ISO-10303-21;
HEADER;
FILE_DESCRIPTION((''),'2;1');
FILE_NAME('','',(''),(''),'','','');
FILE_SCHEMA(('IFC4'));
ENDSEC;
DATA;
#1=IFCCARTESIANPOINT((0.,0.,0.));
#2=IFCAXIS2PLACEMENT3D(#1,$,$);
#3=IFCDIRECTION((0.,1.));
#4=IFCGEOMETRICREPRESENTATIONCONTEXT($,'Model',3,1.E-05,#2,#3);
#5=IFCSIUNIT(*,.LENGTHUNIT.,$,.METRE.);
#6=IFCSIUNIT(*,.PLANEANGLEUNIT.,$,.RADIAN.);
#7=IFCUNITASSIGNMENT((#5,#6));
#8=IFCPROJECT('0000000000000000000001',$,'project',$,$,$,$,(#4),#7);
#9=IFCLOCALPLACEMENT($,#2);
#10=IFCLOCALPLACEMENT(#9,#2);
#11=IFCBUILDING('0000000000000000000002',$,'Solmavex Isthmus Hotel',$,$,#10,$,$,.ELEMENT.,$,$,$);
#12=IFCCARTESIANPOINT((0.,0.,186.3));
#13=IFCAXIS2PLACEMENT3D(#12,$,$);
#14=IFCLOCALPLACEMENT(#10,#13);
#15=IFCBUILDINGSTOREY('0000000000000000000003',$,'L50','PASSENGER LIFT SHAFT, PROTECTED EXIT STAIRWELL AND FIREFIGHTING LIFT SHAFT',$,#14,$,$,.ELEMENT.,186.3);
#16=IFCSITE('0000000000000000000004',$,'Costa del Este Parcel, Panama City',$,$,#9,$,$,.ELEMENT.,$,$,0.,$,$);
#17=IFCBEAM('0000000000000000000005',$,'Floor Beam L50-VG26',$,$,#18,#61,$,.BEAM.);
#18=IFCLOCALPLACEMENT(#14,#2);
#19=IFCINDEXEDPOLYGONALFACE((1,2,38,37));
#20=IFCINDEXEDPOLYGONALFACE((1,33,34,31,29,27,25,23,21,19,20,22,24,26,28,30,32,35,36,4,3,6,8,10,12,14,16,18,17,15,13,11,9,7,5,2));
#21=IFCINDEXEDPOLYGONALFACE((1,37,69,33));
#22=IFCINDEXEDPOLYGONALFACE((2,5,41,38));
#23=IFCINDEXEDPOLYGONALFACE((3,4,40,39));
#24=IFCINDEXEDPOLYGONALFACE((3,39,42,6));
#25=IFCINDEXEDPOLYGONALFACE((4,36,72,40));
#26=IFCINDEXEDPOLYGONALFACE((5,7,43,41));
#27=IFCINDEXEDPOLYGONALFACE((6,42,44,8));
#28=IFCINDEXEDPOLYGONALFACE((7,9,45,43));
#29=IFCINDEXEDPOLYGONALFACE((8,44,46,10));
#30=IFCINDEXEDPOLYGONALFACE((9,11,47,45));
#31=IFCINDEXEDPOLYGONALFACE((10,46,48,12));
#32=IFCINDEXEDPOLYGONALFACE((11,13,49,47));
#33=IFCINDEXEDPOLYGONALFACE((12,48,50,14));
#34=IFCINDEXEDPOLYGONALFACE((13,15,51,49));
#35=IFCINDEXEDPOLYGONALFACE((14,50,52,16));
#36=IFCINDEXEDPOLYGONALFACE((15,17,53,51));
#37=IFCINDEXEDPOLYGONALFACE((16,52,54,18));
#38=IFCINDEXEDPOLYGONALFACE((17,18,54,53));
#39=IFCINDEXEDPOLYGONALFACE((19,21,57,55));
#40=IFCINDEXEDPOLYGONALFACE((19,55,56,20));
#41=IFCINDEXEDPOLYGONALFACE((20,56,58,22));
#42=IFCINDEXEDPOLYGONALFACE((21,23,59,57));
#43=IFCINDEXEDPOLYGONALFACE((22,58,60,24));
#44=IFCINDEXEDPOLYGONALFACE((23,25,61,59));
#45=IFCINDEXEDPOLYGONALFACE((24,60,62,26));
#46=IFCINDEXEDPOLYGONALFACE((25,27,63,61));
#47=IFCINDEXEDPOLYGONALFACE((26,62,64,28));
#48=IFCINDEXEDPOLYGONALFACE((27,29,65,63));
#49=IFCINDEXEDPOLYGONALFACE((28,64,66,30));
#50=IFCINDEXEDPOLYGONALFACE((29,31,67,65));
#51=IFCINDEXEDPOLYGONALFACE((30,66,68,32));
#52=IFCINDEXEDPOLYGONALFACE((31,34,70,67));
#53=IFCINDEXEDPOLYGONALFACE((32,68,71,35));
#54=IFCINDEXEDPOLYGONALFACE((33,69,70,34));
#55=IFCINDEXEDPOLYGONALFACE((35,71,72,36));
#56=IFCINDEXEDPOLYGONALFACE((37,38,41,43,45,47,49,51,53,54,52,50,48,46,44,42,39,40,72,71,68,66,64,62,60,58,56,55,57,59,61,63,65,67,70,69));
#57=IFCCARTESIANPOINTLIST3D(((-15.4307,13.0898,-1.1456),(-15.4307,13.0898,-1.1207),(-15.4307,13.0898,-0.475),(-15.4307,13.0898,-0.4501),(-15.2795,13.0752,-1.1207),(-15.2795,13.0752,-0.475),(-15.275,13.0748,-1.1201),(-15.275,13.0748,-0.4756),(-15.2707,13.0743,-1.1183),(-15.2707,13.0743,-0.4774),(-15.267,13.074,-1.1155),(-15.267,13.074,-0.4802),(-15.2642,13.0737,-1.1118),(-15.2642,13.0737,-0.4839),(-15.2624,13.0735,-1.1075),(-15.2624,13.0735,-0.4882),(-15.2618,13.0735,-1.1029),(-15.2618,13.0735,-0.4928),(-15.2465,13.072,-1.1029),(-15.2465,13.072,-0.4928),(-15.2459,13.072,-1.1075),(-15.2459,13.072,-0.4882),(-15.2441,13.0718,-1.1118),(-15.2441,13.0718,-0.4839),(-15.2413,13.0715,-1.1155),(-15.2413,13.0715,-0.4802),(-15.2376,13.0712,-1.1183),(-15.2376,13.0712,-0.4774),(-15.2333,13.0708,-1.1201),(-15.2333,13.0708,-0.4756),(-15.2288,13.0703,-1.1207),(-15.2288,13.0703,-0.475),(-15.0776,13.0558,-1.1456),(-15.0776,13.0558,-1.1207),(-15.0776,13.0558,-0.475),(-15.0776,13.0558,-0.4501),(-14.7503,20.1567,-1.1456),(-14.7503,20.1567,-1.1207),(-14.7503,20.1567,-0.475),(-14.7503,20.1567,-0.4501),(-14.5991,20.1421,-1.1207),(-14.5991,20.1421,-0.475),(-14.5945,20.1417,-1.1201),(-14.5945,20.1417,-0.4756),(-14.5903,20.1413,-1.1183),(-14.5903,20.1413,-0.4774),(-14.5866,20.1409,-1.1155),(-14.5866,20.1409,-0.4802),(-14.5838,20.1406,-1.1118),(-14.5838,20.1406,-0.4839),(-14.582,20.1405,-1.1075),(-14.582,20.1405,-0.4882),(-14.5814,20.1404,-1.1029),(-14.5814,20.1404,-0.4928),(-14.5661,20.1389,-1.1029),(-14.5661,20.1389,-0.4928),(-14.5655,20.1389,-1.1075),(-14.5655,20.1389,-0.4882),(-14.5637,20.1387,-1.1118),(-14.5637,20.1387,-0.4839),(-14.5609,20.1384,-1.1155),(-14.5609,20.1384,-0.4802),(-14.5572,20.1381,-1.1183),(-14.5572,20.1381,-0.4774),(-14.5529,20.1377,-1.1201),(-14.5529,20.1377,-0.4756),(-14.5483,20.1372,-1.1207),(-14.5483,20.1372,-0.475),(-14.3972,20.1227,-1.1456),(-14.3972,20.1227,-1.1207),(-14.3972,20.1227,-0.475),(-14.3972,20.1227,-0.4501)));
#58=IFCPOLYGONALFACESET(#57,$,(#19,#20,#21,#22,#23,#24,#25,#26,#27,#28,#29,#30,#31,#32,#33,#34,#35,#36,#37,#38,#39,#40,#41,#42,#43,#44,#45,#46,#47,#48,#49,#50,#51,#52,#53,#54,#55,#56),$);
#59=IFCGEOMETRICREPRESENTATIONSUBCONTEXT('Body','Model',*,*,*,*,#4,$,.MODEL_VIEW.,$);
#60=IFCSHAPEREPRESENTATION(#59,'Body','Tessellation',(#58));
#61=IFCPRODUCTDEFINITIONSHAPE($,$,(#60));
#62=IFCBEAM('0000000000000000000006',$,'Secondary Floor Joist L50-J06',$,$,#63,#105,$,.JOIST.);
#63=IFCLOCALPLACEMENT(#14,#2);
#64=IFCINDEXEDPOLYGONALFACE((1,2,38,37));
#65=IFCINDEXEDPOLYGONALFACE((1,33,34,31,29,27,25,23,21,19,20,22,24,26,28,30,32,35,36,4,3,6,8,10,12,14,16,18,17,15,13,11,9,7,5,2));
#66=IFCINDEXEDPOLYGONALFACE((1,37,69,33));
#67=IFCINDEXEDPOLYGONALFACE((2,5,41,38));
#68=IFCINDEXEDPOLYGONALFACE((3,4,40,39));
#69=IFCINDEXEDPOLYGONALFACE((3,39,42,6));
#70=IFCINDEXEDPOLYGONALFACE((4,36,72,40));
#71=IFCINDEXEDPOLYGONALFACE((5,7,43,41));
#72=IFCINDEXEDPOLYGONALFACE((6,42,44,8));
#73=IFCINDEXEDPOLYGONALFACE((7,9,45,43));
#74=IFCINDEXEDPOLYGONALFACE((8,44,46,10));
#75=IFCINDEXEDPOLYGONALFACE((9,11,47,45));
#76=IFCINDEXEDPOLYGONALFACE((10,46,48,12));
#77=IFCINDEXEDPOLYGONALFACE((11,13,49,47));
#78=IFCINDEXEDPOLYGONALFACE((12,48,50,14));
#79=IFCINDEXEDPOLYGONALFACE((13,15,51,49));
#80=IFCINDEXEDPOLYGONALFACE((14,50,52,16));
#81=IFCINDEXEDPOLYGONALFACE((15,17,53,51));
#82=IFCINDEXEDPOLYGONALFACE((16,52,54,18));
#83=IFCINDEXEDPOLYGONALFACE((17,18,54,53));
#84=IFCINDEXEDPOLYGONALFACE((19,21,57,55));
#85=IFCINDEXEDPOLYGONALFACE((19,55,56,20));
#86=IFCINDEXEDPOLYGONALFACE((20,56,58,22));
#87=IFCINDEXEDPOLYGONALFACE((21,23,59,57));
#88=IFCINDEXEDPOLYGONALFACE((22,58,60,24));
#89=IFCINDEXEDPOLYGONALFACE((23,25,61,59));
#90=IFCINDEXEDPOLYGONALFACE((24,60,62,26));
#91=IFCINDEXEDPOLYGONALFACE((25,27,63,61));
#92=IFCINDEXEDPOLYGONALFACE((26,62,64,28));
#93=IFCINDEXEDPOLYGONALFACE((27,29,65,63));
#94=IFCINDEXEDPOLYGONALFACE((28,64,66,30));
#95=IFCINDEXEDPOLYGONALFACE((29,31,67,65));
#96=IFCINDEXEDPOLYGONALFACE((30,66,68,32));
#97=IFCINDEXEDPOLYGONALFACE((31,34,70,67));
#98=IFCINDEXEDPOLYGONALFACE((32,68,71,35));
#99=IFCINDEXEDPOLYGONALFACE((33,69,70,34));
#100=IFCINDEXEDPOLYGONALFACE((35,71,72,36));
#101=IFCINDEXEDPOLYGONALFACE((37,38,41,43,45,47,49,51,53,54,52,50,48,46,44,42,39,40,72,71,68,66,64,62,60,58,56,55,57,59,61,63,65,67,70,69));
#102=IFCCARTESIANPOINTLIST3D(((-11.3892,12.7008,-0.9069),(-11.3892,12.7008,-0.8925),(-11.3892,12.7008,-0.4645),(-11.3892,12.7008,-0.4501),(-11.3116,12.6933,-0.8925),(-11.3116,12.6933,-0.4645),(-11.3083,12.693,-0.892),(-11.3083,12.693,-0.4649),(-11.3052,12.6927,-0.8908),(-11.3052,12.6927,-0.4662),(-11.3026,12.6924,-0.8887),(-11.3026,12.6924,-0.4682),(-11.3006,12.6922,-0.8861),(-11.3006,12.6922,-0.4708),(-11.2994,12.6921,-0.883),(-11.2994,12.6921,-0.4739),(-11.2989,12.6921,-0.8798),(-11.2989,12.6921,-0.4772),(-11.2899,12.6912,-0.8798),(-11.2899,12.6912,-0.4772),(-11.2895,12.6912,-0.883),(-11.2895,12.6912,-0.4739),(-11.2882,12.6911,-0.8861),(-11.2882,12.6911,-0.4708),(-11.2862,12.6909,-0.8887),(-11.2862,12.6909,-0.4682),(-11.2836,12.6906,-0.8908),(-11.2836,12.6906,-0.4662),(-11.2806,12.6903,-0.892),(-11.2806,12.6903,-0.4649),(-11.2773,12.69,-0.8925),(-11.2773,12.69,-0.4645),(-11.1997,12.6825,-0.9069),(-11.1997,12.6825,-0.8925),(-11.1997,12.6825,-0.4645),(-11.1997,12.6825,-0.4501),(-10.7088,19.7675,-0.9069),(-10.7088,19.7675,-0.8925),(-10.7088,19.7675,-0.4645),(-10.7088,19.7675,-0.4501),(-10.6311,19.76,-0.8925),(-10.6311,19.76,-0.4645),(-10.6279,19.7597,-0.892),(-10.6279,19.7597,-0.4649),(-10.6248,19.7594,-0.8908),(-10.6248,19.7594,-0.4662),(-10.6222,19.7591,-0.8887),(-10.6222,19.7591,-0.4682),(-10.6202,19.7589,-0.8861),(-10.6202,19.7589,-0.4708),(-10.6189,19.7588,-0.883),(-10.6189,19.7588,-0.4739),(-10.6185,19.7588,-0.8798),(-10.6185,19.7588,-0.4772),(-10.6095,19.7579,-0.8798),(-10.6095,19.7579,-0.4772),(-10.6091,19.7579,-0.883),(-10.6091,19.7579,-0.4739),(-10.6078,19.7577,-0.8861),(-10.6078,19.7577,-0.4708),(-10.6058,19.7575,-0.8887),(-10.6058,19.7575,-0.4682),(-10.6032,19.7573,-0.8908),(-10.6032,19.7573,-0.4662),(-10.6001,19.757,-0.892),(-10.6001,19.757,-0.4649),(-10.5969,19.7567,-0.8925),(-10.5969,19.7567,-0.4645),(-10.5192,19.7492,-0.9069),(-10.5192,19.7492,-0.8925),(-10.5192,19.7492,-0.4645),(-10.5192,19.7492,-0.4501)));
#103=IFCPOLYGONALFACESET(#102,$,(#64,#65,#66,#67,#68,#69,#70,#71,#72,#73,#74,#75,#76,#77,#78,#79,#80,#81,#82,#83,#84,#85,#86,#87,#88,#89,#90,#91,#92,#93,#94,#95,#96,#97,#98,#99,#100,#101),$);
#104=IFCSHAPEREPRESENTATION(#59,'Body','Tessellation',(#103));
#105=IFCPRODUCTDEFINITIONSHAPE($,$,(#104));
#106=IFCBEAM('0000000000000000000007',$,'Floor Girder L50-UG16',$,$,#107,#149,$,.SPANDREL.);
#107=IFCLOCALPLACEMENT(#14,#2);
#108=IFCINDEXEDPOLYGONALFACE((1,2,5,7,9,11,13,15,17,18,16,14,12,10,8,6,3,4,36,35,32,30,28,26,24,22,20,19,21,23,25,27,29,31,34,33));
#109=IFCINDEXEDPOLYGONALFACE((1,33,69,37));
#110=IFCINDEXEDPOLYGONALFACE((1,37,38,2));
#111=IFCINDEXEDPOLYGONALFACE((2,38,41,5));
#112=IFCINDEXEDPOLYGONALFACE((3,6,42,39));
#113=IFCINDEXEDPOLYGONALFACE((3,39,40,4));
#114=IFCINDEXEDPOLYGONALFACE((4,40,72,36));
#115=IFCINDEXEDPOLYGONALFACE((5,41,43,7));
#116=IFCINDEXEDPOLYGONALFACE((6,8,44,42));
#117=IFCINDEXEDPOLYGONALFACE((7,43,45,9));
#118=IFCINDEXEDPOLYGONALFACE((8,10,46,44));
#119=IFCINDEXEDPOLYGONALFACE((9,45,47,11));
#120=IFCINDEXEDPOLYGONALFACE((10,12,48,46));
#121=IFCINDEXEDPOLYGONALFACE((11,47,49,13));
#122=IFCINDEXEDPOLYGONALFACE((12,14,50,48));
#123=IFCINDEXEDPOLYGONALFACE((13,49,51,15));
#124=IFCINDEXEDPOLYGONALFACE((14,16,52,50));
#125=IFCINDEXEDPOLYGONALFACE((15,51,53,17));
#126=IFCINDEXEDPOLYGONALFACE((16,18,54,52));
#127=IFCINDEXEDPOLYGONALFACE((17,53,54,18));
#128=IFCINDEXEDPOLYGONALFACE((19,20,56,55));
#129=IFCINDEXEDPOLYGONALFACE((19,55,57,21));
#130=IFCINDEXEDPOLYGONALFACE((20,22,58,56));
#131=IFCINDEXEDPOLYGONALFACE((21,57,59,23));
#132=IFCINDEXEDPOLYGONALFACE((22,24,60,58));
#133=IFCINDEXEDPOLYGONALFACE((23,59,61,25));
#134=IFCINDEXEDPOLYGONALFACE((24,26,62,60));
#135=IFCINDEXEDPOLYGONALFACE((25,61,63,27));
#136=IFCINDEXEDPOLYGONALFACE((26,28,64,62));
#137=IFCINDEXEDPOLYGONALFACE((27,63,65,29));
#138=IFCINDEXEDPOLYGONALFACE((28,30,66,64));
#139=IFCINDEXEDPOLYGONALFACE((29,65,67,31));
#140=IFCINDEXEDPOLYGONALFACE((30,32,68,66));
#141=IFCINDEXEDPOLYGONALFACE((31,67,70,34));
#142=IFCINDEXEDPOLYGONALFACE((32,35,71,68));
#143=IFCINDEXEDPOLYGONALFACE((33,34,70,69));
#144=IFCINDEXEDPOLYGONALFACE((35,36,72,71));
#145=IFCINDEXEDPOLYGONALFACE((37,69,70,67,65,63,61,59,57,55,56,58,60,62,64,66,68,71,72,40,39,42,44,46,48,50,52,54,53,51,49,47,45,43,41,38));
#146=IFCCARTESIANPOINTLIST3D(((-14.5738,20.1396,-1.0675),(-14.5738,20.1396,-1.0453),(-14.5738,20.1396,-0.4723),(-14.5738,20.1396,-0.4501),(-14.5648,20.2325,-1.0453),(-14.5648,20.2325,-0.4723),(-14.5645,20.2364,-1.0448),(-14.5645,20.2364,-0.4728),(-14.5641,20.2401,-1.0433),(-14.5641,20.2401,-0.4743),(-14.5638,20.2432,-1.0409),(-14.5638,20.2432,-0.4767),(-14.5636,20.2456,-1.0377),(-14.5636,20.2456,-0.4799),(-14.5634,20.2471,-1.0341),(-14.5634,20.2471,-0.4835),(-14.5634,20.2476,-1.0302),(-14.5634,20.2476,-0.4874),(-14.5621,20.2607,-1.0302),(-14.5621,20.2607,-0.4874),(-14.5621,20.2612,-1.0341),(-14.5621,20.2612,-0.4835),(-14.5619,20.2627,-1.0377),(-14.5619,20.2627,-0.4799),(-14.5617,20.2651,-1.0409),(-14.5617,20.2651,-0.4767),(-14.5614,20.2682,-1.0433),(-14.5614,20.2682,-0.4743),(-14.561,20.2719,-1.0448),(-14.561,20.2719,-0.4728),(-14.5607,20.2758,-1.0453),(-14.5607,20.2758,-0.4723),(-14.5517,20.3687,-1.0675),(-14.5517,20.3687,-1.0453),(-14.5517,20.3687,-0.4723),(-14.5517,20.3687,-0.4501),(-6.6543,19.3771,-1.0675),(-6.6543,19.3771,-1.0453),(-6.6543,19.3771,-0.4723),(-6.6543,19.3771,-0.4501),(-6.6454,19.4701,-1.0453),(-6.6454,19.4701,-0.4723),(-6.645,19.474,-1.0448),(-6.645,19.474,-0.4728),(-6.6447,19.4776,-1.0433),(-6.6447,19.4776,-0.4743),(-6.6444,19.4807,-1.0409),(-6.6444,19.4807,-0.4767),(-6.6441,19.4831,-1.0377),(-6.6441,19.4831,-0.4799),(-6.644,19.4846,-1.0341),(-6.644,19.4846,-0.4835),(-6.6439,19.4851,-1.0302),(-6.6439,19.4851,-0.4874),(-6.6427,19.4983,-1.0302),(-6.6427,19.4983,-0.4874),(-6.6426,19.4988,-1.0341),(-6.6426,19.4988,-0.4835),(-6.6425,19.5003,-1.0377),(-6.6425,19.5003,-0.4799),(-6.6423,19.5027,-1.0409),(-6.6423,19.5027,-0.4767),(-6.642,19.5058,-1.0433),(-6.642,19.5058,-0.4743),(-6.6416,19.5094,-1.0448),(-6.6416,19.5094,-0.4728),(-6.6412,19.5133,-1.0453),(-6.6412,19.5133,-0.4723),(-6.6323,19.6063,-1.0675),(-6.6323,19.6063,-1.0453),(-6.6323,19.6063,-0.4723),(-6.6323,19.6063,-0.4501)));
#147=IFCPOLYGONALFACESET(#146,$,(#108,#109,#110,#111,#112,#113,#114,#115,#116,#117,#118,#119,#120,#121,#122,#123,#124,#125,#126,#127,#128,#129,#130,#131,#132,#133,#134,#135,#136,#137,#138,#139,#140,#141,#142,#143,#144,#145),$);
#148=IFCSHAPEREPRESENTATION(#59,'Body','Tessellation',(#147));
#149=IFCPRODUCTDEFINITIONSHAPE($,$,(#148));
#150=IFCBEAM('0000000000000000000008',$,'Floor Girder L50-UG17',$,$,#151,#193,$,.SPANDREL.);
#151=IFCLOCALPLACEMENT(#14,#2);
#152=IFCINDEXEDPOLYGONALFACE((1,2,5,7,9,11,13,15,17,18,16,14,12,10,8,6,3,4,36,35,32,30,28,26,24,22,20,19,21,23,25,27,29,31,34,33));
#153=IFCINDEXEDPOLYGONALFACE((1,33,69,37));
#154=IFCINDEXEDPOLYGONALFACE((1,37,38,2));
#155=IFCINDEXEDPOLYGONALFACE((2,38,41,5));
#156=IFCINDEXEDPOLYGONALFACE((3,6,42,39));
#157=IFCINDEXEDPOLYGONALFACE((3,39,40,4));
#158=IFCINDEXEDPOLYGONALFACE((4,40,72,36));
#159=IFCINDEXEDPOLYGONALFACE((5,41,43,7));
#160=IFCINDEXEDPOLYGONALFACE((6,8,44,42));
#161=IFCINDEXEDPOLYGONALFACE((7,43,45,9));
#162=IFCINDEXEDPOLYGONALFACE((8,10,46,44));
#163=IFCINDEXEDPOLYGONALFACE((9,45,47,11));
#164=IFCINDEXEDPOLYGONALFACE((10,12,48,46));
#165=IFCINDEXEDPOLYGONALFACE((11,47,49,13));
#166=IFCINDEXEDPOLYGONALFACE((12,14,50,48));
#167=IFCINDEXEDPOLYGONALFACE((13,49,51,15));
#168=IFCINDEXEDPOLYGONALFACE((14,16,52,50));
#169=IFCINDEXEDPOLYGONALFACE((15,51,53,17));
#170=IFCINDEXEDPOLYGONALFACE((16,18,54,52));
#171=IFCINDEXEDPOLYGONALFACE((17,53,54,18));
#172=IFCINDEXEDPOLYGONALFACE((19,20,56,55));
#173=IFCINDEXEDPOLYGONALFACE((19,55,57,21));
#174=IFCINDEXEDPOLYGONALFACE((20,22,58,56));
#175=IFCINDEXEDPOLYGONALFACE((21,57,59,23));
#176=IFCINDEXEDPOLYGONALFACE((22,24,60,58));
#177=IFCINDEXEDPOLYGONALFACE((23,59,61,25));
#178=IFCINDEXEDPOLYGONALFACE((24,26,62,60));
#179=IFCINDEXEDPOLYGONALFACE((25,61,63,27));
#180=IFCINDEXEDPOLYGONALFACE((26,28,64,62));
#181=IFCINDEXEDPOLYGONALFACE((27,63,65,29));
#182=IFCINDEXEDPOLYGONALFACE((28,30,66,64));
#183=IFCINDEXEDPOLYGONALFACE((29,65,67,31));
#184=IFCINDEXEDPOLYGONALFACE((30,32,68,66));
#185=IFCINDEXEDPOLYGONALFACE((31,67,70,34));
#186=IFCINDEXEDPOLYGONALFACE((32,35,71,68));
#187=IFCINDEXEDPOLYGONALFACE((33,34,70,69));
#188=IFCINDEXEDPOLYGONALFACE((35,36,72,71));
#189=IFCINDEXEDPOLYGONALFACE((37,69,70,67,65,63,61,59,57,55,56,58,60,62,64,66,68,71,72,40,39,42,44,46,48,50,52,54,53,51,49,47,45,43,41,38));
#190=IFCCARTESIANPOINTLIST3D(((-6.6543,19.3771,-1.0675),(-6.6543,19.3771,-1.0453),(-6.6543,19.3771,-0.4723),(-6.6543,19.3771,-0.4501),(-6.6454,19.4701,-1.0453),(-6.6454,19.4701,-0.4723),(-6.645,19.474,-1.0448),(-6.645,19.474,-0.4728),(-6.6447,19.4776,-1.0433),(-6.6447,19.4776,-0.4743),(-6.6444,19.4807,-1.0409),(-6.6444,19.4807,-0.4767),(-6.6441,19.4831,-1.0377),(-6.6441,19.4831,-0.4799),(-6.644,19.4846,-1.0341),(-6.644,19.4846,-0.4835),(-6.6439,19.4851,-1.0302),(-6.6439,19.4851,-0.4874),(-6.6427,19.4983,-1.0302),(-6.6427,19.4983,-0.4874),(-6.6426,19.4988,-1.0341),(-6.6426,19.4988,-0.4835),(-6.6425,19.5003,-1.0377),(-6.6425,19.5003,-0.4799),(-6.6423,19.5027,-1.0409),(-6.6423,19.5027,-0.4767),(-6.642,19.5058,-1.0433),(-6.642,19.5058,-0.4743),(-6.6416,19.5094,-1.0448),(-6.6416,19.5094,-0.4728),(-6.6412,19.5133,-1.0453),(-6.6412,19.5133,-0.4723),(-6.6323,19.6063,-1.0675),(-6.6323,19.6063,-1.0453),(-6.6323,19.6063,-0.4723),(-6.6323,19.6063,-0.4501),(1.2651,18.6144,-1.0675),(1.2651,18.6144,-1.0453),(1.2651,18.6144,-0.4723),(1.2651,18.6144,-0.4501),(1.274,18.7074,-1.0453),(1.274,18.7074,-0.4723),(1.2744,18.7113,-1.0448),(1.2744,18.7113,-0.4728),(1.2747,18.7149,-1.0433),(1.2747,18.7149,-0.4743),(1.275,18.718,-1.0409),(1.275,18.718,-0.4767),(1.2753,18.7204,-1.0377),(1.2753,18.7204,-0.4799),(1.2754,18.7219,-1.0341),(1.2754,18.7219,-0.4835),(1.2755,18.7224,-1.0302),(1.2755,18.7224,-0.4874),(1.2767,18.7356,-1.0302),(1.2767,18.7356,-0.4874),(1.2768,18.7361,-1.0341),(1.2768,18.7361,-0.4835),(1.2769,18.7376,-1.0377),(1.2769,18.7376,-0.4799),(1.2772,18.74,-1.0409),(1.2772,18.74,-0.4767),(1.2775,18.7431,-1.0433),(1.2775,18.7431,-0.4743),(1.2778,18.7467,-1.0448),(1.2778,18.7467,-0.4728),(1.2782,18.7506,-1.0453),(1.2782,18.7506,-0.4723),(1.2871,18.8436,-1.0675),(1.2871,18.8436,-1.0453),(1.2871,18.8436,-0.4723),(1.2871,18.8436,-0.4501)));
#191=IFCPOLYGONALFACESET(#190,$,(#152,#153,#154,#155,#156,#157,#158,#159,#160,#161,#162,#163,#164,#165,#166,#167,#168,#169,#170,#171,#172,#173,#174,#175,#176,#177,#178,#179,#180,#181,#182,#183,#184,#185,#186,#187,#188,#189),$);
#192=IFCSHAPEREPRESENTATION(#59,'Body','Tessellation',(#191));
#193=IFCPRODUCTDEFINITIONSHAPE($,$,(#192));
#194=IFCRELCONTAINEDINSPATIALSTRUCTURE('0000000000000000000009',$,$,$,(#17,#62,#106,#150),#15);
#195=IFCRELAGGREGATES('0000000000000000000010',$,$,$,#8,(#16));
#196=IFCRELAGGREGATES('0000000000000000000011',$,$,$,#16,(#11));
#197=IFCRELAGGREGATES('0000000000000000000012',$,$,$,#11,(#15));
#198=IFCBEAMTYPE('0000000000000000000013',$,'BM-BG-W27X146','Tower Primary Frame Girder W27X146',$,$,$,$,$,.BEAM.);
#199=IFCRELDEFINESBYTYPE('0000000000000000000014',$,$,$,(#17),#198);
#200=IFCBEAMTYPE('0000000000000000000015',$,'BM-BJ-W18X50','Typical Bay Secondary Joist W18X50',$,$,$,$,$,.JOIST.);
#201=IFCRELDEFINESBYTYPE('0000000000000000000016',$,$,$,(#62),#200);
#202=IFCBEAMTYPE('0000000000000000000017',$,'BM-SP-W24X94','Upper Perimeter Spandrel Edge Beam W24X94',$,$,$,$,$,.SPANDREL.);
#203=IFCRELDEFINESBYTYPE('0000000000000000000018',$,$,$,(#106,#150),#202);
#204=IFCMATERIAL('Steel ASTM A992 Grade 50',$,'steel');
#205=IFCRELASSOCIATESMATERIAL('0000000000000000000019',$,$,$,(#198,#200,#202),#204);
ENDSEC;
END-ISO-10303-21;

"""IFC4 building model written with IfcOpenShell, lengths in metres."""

from ifc_helpers import new_model, si_unit, direction, frame, origin, origin_2d, place, context, subcontext, project, spatial, i_section, extrude, material, material_profile, profile_set, type_object, element, save


model = new_model("IFC4")

# Units and contexts
model_context = context("Model", 3, precision=1e-05, world=origin(), true_north=direction((0.0, 1.0)))
body_context = subcontext(model_context, "Body", "Model", "MODEL_VIEW")
ifc_project = project(units=[si_unit("LENGTHUNIT", "METRE"), si_unit("PLANEANGLEUNIT", "RADIAN")], contexts=[model_context])

# Site, building, storey
site_placement = place(None, origin())
site = spatial("IfcSite", under=ifc_project, at=site_placement, Name="Costa del Este Parcel, Panama City", CompositionType="ELEMENT", RefElevation=0.0)
building_placement = place(site_placement, origin())
building = spatial("IfcBuilding", under=site, at=building_placement, Name="Solmavex Isthmus Hotel", CompositionType="ELEMENT")
storey_placement = place(building_placement, frame((0.0, 0.0, 186.3)))
storey = spatial("IfcBuildingStorey", under=building, at=storey_placement, Name="L50", Description="PASSENGER LIFT SHAFT, PROTECTED EXIT STAIRWELL AND FIREFIGHTING LIFT SHAFT", CompositionType="ELEMENT", Elevation=186.3)

# Beams
ifc_material_1 = material(Name="Steel ASTM A992 Grade 50", Category="steel")
ifc_material_profile_1 = material_profile(ifc_material_1, i_section(OverallWidth=0.3547, OverallDepth=0.6956, WebThickness=0.0154, FlangeThickness=0.0249, FilletRadius=0.0178, at=origin_2d()), Name="W27X146")
ifc_profile_set_1 = profile_set([ifc_material_profile_1], Name="Steel ASTM A992 Grade 50")
beam_type_1 = type_object("IfcBeamType", Name="BM-BG-W27X146", Description="Tower Primary Frame Girder W27X146", PredefinedType="BEAM", material=ifc_profile_set_1)
beam_1_placement = place(storey_placement, frame((-15.2542, 13.0728, -0.7979), z_axis=(0.09584, 0.995397, 0.0), x_axis=(-0.995397, 0.09584, 0.0)))
element("IfcBeam", 1, at=beam_1_placement, inside=storey, type_object=beam_type_1, Name="Floor Beam L50-VG26", PredefinedType="BEAM", context=body_context, shape_type="SweptSolid", body=[
    extrude(i_section(OverallWidth=0.3547, OverallDepth=0.6956, WebThickness=0.0154, FlangeThickness=0.0249, FilletRadius=0.0178, at=origin_2d()), origin(), (0.0, 0.0, 1.0), 7.0996),
])
ifc_material_profile_2 = material_profile(ifc_material_1, i_section(OverallWidth=0.1904, OverallDepth=0.4568, WebThickness=0.009, FlangeThickness=0.0144, FilletRadius=0.0127, at=origin_2d()), Name="W18X50")
ifc_profile_set_2 = profile_set([ifc_material_profile_2], Name="Steel ASTM A992 Grade 50")
beam_type_2 = type_object("IfcBeamType", Name="BM-BJ-W18X50", Description="Typical Bay Secondary Joist W18X50", PredefinedType="JOIST", material=ifc_profile_set_2)
beam_2_placement = place(storey_placement, frame((-11.2944, 12.6917, -0.6785), z_axis=(0.095843, 0.995396, 0.0), x_axis=(-0.995396, 0.095843, 0.0)))
element("IfcBeam", 2, at=beam_2_placement, inside=storey, type_object=beam_type_2, Name="Secondary Floor Joist L50-J06", PredefinedType="JOIST", context=body_context, shape_type="SweptSolid", body=[
    extrude(i_section(OverallWidth=0.1904, OverallDepth=0.4568, WebThickness=0.009, FlangeThickness=0.0144, FilletRadius=0.0127, at=origin_2d()), origin(), (0.0, 0.0, 1.0), 7.0994),
])
ifc_material_profile_3 = material_profile(ifc_material_1, i_section(OverallWidth=0.2302, OverallDepth=0.6174, WebThickness=0.0132, FlangeThickness=0.0222, FilletRadius=0.0151, at=origin_2d()), Name="W24X94")
ifc_profile_set_3 = profile_set([ifc_material_profile_3], Name="Steel ASTM A992 Grade 50")
beam_type_3 = type_object("IfcBeamType", Name="BM-SP-W24X94", Description="Upper Perimeter Spandrel Edge Beam W24X94", PredefinedType="SPANDREL", material=ifc_profile_set_3)
for number, where, z_axis, x_axis, name in (
    (3, (-14.5627, 20.2542, -0.7588), (0.995397, -0.095833, 0.0), (0.095833, 0.995397, 0.0), "Floor Girder L50-UG16"),
    (4, (-6.6433, 19.4917, -0.7588), (0.995395, -0.095863, 0.0), (0.095863, 0.995395, 0.0), "Floor Girder L50-UG17"),
):
    element("IfcBeam", number, at=place(storey_placement, frame(where, z_axis=z_axis, x_axis=x_axis)), inside=storey, type_object=beam_type_3, Name=name, PredefinedType="SPANDREL", context=body_context, shape_type="SweptSolid", body=[
        extrude(i_section(OverallWidth=0.2302, OverallDepth=0.6174, WebThickness=0.0132, FlangeThickness=0.0222, FilletRadius=0.0151, at=origin_2d()), origin(), (0.0, 0.0, 1.0), 7.9561),
    ])

save(model, "model.ifc")
